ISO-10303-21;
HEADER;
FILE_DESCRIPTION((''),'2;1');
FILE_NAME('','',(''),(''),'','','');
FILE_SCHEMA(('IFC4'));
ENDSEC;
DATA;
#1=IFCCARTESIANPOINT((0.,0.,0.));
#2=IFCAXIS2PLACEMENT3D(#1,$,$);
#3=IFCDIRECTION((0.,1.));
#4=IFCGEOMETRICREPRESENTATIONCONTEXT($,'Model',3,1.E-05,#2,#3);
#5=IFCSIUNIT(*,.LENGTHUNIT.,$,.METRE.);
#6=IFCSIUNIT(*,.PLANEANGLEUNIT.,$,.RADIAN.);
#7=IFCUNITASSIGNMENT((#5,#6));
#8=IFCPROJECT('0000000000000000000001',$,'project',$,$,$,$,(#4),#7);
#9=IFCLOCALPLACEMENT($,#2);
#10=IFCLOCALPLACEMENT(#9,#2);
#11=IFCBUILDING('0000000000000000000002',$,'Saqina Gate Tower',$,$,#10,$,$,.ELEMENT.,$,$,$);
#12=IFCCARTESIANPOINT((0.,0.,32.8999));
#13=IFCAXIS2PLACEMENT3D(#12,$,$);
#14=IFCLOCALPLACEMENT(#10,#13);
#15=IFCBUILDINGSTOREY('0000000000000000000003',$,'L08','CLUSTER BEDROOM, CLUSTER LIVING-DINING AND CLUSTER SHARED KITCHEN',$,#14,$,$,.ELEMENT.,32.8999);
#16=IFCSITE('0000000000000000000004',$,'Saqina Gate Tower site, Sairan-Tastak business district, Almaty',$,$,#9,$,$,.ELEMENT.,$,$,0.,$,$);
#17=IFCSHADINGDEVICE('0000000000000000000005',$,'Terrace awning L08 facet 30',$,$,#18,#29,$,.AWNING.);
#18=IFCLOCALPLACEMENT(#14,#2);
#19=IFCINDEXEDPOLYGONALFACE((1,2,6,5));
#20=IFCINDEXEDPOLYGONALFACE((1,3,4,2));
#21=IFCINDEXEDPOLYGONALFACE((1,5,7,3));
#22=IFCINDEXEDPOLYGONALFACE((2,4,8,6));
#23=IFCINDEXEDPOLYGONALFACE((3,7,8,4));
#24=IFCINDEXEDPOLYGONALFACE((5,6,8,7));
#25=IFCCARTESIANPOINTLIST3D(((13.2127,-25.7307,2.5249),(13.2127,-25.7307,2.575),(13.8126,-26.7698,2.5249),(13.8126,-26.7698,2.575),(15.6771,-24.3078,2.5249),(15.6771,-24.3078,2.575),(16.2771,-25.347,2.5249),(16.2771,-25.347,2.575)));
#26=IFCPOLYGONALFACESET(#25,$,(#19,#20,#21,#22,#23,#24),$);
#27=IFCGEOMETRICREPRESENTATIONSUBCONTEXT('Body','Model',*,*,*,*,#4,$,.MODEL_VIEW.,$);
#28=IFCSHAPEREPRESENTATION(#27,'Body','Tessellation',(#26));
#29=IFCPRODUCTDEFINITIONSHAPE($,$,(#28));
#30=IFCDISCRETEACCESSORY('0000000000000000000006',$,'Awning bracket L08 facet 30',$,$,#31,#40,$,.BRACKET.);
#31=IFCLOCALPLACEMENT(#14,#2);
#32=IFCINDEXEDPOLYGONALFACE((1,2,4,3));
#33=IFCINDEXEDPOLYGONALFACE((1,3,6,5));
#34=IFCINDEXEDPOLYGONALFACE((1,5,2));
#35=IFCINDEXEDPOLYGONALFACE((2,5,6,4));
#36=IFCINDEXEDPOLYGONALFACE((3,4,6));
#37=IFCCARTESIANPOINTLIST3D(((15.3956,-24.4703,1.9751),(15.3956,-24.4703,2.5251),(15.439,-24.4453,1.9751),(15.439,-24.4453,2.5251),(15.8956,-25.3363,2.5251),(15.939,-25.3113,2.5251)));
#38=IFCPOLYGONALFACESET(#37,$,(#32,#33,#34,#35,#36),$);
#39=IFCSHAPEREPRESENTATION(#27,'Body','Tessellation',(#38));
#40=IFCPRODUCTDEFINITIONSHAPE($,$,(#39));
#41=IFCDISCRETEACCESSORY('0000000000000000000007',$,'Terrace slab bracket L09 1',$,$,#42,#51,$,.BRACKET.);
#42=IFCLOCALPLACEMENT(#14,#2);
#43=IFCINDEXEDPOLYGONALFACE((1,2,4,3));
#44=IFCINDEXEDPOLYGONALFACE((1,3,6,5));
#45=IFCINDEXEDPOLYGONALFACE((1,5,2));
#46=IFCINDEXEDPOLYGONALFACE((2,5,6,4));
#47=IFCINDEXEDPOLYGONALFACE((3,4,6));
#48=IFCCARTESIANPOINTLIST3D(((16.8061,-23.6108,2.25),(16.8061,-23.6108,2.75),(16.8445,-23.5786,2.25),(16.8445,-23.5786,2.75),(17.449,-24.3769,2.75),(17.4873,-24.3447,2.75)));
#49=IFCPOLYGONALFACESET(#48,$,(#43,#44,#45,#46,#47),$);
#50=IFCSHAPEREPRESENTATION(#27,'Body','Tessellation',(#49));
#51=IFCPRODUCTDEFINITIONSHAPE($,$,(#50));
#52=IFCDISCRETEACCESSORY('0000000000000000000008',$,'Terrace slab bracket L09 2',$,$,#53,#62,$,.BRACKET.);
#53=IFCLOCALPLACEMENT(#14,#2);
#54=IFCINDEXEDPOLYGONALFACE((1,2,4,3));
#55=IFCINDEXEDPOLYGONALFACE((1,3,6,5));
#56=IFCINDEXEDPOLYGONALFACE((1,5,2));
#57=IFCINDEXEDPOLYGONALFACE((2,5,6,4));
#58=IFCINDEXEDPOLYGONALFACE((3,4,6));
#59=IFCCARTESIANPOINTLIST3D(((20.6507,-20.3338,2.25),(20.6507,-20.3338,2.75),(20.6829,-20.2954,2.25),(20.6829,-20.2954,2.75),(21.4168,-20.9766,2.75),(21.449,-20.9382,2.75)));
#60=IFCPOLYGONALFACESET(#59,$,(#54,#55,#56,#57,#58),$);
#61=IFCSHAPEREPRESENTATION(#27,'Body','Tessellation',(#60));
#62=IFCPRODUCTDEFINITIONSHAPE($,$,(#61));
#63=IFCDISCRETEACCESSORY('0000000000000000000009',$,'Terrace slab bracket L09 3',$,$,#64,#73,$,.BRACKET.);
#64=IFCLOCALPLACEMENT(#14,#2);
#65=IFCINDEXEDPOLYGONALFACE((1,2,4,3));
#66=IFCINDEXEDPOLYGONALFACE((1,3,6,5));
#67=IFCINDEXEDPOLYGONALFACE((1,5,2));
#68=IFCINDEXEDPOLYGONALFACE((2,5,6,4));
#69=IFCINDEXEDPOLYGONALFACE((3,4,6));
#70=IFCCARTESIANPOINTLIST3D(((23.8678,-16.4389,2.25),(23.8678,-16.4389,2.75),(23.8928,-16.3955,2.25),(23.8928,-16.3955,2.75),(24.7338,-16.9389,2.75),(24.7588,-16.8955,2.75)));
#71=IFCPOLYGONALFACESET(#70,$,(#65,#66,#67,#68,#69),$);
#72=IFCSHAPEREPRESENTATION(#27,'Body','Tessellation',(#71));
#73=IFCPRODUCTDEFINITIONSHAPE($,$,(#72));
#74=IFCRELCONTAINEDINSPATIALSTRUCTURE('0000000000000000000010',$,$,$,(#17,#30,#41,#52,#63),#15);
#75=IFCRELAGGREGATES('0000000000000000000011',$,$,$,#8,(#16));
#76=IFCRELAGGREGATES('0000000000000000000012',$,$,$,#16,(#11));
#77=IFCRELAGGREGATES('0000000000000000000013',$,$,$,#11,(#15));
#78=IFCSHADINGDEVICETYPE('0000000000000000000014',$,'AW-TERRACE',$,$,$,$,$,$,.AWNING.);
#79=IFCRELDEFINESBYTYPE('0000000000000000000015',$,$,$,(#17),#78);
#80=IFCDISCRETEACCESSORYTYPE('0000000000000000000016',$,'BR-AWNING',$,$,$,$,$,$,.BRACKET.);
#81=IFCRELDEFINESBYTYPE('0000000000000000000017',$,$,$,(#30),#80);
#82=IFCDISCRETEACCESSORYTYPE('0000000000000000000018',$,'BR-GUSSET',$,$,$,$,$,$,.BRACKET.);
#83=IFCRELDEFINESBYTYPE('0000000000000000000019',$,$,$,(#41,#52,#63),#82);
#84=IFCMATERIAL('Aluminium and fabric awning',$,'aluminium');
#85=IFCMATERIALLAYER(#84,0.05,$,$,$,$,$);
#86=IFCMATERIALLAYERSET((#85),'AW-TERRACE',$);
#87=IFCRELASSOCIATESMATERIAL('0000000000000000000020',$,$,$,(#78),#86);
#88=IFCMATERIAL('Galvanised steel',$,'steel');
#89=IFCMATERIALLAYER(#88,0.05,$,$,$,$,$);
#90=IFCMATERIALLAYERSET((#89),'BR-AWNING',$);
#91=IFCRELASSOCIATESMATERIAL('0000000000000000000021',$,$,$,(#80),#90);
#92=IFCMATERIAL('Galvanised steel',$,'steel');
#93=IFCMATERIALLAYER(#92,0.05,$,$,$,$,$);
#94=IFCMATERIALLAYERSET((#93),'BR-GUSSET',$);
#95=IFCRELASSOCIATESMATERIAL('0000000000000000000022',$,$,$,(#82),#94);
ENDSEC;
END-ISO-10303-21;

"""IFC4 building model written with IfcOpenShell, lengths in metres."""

from ifc_helpers import new_model, si_unit, direction, frame, origin, origin_2d, place, context, subcontext, project, spatial, polyline, rectangle, outline, extrude, material, layer, layer_set, type_object, element, save


model = new_model("IFC4")

# Units and contexts
model_context = context("Model", 3, precision=1e-05, world=origin(), true_north=direction((0.0, 1.0)))
body_context = subcontext(model_context, "Body", "Model", "MODEL_VIEW")
ifc_project = project(units=[si_unit("LENGTHUNIT", "METRE"), si_unit("PLANEANGLEUNIT", "RADIAN")], contexts=[model_context])

# Site, building, storey
site_placement = place(None, origin())
site = spatial("IfcSite", under=ifc_project, at=site_placement, Name="Saqina Gate Tower site, Sairan-Tastak business district, Almaty", CompositionType="ELEMENT", RefElevation=0.0)
building_placement = place(site_placement, origin())
building = spatial("IfcBuilding", under=site, at=building_placement, Name="Saqina Gate Tower", CompositionType="ELEMENT")
storey_placement = place(building_placement, frame((0.0, 0.0, 32.8999)))
storey = spatial("IfcBuildingStorey", under=building, at=storey_placement, Name="L08", Description="CLUSTER BEDROOM, CLUSTER LIVING-DINING AND CLUSTER SHARED KITCHEN", CompositionType="ELEMENT", Elevation=32.8999)

# Shading device
ifc_material_1 = material(Name="Aluminium and fabric awning", Category="aluminium")
ifc_layer_1 = layer(ifc_material_1, 0.05)
ifc_layer_set_1 = layer_set([ifc_layer_1], Name="AW-TERRACE")
shading_device_type = type_object("IfcShadingDeviceType", Name="AW-TERRACE", PredefinedType="AWNING", material=ifc_layer_set_1)
shading_device_placement = place(storey_placement, frame((14.7449, -25.5388, 2.5249), z_axis=(0.0, 0.0, 1.0), x_axis=(0.866025, 0.5, 0.0)))
element("IfcShadingDevice", 1, at=shading_device_placement, inside=storey, type_object=shading_device_type, Name="Terrace awning L08 facet 30", PredefinedType="AWNING", context=body_context, shape_type="SweptSolid", body=[
    extrude(rectangle(XDim=2.8457, YDim=1.2, at=origin_2d()), origin(), (0.0, 0.0, 1.0), 0.05),
])

# Discrete accessories
ifc_material_2 = material(Name="Galvanised steel", Category="steel")
ifc_layer_2 = layer(ifc_material_2, 0.05)
ifc_layer_set_2 = layer_set([ifc_layer_2], Name="BR-AWNING")
discrete_accessory_type_1 = type_object("IfcDiscreteAccessoryType", Name="BR-AWNING", PredefinedType="BRACKET", material=ifc_layer_set_2)
discrete_accessory_1_placement = place(storey_placement, frame((15.439, -24.4453, 1.9751), z_axis=(0.866011, 0.500025, 0.0), x_axis=(0.0, 0.0, 1.0)))
element("IfcDiscreteAccessory", 2, at=discrete_accessory_1_placement, inside=storey, type_object=discrete_accessory_type_1, Name="Awning bracket L08 facet 30", PredefinedType="BRACKET", context=body_context, shape_type="SweptSolid", body=[
    extrude(outline(polyline([(0.0, 0.0), (0.55, 0.0), (0.55, 0.9999), (0.0, 0.0)])), origin(), (0.0, 0.0, -1.0), 0.05),
])
ifc_material_3 = material(Name="Galvanised steel", Category="steel")
ifc_layer_3 = layer(ifc_material_3, 0.05)
ifc_layer_set_3 = layer_set([ifc_layer_3], Name="BR-GUSSET")
discrete_accessory_type_2 = type_object("IfcDiscreteAccessoryType", Name="BR-GUSSET", PredefinedType="BRACKET", material=ifc_layer_set_3)
for number, where, z_axis, x_axis, name in (
    (3, (16.8445, -23.5786, 2.25), (0.766056, 0.642774, 0.0), (0.0, 0.0, 1.0), "Terrace slab bracket L09 1"),
    (4, (20.6829, -20.2954, 2.25), (0.642774, 0.766056, 0.0), (0.0, 0.0, 1.0), "Terrace slab bracket L09 2"),
):
    element("IfcDiscreteAccessory", number, at=place(storey_placement, frame(where, z_axis=z_axis, x_axis=x_axis)), inside=storey, type_object=discrete_accessory_type_2, Name=name, PredefinedType="BRACKET", context=body_context, shape_type="SweptSolid", body=[
        extrude(outline(polyline([(0.0, 0.0), (0.5, 0.0), (0.5, 1.0001), (0.0, 0.0)])), origin(), (0.0, 0.0, -1.0), 0.05),
    ])
discrete_accessory_2_placement = place(storey_placement, frame((23.8928, -16.3955, 2.25), z_axis=(0.500025, 0.866011, 0.0), x_axis=(0.0, 0.0, 1.0)))
element("IfcDiscreteAccessory", 5, at=discrete_accessory_2_placement, inside=storey, type_object=discrete_accessory_type_2, Name="Terrace slab bracket L09 3", PredefinedType="BRACKET", context=body_context, shape_type="SweptSolid", body=[
    extrude(outline(polyline([(0.0, 0.0), (0.5, 0.0), (0.5, 0.9999), (0.0, 0.0)])), origin(), (0.0, 0.0, -1.0), 0.05),
])

save(model, "model.ifc")
